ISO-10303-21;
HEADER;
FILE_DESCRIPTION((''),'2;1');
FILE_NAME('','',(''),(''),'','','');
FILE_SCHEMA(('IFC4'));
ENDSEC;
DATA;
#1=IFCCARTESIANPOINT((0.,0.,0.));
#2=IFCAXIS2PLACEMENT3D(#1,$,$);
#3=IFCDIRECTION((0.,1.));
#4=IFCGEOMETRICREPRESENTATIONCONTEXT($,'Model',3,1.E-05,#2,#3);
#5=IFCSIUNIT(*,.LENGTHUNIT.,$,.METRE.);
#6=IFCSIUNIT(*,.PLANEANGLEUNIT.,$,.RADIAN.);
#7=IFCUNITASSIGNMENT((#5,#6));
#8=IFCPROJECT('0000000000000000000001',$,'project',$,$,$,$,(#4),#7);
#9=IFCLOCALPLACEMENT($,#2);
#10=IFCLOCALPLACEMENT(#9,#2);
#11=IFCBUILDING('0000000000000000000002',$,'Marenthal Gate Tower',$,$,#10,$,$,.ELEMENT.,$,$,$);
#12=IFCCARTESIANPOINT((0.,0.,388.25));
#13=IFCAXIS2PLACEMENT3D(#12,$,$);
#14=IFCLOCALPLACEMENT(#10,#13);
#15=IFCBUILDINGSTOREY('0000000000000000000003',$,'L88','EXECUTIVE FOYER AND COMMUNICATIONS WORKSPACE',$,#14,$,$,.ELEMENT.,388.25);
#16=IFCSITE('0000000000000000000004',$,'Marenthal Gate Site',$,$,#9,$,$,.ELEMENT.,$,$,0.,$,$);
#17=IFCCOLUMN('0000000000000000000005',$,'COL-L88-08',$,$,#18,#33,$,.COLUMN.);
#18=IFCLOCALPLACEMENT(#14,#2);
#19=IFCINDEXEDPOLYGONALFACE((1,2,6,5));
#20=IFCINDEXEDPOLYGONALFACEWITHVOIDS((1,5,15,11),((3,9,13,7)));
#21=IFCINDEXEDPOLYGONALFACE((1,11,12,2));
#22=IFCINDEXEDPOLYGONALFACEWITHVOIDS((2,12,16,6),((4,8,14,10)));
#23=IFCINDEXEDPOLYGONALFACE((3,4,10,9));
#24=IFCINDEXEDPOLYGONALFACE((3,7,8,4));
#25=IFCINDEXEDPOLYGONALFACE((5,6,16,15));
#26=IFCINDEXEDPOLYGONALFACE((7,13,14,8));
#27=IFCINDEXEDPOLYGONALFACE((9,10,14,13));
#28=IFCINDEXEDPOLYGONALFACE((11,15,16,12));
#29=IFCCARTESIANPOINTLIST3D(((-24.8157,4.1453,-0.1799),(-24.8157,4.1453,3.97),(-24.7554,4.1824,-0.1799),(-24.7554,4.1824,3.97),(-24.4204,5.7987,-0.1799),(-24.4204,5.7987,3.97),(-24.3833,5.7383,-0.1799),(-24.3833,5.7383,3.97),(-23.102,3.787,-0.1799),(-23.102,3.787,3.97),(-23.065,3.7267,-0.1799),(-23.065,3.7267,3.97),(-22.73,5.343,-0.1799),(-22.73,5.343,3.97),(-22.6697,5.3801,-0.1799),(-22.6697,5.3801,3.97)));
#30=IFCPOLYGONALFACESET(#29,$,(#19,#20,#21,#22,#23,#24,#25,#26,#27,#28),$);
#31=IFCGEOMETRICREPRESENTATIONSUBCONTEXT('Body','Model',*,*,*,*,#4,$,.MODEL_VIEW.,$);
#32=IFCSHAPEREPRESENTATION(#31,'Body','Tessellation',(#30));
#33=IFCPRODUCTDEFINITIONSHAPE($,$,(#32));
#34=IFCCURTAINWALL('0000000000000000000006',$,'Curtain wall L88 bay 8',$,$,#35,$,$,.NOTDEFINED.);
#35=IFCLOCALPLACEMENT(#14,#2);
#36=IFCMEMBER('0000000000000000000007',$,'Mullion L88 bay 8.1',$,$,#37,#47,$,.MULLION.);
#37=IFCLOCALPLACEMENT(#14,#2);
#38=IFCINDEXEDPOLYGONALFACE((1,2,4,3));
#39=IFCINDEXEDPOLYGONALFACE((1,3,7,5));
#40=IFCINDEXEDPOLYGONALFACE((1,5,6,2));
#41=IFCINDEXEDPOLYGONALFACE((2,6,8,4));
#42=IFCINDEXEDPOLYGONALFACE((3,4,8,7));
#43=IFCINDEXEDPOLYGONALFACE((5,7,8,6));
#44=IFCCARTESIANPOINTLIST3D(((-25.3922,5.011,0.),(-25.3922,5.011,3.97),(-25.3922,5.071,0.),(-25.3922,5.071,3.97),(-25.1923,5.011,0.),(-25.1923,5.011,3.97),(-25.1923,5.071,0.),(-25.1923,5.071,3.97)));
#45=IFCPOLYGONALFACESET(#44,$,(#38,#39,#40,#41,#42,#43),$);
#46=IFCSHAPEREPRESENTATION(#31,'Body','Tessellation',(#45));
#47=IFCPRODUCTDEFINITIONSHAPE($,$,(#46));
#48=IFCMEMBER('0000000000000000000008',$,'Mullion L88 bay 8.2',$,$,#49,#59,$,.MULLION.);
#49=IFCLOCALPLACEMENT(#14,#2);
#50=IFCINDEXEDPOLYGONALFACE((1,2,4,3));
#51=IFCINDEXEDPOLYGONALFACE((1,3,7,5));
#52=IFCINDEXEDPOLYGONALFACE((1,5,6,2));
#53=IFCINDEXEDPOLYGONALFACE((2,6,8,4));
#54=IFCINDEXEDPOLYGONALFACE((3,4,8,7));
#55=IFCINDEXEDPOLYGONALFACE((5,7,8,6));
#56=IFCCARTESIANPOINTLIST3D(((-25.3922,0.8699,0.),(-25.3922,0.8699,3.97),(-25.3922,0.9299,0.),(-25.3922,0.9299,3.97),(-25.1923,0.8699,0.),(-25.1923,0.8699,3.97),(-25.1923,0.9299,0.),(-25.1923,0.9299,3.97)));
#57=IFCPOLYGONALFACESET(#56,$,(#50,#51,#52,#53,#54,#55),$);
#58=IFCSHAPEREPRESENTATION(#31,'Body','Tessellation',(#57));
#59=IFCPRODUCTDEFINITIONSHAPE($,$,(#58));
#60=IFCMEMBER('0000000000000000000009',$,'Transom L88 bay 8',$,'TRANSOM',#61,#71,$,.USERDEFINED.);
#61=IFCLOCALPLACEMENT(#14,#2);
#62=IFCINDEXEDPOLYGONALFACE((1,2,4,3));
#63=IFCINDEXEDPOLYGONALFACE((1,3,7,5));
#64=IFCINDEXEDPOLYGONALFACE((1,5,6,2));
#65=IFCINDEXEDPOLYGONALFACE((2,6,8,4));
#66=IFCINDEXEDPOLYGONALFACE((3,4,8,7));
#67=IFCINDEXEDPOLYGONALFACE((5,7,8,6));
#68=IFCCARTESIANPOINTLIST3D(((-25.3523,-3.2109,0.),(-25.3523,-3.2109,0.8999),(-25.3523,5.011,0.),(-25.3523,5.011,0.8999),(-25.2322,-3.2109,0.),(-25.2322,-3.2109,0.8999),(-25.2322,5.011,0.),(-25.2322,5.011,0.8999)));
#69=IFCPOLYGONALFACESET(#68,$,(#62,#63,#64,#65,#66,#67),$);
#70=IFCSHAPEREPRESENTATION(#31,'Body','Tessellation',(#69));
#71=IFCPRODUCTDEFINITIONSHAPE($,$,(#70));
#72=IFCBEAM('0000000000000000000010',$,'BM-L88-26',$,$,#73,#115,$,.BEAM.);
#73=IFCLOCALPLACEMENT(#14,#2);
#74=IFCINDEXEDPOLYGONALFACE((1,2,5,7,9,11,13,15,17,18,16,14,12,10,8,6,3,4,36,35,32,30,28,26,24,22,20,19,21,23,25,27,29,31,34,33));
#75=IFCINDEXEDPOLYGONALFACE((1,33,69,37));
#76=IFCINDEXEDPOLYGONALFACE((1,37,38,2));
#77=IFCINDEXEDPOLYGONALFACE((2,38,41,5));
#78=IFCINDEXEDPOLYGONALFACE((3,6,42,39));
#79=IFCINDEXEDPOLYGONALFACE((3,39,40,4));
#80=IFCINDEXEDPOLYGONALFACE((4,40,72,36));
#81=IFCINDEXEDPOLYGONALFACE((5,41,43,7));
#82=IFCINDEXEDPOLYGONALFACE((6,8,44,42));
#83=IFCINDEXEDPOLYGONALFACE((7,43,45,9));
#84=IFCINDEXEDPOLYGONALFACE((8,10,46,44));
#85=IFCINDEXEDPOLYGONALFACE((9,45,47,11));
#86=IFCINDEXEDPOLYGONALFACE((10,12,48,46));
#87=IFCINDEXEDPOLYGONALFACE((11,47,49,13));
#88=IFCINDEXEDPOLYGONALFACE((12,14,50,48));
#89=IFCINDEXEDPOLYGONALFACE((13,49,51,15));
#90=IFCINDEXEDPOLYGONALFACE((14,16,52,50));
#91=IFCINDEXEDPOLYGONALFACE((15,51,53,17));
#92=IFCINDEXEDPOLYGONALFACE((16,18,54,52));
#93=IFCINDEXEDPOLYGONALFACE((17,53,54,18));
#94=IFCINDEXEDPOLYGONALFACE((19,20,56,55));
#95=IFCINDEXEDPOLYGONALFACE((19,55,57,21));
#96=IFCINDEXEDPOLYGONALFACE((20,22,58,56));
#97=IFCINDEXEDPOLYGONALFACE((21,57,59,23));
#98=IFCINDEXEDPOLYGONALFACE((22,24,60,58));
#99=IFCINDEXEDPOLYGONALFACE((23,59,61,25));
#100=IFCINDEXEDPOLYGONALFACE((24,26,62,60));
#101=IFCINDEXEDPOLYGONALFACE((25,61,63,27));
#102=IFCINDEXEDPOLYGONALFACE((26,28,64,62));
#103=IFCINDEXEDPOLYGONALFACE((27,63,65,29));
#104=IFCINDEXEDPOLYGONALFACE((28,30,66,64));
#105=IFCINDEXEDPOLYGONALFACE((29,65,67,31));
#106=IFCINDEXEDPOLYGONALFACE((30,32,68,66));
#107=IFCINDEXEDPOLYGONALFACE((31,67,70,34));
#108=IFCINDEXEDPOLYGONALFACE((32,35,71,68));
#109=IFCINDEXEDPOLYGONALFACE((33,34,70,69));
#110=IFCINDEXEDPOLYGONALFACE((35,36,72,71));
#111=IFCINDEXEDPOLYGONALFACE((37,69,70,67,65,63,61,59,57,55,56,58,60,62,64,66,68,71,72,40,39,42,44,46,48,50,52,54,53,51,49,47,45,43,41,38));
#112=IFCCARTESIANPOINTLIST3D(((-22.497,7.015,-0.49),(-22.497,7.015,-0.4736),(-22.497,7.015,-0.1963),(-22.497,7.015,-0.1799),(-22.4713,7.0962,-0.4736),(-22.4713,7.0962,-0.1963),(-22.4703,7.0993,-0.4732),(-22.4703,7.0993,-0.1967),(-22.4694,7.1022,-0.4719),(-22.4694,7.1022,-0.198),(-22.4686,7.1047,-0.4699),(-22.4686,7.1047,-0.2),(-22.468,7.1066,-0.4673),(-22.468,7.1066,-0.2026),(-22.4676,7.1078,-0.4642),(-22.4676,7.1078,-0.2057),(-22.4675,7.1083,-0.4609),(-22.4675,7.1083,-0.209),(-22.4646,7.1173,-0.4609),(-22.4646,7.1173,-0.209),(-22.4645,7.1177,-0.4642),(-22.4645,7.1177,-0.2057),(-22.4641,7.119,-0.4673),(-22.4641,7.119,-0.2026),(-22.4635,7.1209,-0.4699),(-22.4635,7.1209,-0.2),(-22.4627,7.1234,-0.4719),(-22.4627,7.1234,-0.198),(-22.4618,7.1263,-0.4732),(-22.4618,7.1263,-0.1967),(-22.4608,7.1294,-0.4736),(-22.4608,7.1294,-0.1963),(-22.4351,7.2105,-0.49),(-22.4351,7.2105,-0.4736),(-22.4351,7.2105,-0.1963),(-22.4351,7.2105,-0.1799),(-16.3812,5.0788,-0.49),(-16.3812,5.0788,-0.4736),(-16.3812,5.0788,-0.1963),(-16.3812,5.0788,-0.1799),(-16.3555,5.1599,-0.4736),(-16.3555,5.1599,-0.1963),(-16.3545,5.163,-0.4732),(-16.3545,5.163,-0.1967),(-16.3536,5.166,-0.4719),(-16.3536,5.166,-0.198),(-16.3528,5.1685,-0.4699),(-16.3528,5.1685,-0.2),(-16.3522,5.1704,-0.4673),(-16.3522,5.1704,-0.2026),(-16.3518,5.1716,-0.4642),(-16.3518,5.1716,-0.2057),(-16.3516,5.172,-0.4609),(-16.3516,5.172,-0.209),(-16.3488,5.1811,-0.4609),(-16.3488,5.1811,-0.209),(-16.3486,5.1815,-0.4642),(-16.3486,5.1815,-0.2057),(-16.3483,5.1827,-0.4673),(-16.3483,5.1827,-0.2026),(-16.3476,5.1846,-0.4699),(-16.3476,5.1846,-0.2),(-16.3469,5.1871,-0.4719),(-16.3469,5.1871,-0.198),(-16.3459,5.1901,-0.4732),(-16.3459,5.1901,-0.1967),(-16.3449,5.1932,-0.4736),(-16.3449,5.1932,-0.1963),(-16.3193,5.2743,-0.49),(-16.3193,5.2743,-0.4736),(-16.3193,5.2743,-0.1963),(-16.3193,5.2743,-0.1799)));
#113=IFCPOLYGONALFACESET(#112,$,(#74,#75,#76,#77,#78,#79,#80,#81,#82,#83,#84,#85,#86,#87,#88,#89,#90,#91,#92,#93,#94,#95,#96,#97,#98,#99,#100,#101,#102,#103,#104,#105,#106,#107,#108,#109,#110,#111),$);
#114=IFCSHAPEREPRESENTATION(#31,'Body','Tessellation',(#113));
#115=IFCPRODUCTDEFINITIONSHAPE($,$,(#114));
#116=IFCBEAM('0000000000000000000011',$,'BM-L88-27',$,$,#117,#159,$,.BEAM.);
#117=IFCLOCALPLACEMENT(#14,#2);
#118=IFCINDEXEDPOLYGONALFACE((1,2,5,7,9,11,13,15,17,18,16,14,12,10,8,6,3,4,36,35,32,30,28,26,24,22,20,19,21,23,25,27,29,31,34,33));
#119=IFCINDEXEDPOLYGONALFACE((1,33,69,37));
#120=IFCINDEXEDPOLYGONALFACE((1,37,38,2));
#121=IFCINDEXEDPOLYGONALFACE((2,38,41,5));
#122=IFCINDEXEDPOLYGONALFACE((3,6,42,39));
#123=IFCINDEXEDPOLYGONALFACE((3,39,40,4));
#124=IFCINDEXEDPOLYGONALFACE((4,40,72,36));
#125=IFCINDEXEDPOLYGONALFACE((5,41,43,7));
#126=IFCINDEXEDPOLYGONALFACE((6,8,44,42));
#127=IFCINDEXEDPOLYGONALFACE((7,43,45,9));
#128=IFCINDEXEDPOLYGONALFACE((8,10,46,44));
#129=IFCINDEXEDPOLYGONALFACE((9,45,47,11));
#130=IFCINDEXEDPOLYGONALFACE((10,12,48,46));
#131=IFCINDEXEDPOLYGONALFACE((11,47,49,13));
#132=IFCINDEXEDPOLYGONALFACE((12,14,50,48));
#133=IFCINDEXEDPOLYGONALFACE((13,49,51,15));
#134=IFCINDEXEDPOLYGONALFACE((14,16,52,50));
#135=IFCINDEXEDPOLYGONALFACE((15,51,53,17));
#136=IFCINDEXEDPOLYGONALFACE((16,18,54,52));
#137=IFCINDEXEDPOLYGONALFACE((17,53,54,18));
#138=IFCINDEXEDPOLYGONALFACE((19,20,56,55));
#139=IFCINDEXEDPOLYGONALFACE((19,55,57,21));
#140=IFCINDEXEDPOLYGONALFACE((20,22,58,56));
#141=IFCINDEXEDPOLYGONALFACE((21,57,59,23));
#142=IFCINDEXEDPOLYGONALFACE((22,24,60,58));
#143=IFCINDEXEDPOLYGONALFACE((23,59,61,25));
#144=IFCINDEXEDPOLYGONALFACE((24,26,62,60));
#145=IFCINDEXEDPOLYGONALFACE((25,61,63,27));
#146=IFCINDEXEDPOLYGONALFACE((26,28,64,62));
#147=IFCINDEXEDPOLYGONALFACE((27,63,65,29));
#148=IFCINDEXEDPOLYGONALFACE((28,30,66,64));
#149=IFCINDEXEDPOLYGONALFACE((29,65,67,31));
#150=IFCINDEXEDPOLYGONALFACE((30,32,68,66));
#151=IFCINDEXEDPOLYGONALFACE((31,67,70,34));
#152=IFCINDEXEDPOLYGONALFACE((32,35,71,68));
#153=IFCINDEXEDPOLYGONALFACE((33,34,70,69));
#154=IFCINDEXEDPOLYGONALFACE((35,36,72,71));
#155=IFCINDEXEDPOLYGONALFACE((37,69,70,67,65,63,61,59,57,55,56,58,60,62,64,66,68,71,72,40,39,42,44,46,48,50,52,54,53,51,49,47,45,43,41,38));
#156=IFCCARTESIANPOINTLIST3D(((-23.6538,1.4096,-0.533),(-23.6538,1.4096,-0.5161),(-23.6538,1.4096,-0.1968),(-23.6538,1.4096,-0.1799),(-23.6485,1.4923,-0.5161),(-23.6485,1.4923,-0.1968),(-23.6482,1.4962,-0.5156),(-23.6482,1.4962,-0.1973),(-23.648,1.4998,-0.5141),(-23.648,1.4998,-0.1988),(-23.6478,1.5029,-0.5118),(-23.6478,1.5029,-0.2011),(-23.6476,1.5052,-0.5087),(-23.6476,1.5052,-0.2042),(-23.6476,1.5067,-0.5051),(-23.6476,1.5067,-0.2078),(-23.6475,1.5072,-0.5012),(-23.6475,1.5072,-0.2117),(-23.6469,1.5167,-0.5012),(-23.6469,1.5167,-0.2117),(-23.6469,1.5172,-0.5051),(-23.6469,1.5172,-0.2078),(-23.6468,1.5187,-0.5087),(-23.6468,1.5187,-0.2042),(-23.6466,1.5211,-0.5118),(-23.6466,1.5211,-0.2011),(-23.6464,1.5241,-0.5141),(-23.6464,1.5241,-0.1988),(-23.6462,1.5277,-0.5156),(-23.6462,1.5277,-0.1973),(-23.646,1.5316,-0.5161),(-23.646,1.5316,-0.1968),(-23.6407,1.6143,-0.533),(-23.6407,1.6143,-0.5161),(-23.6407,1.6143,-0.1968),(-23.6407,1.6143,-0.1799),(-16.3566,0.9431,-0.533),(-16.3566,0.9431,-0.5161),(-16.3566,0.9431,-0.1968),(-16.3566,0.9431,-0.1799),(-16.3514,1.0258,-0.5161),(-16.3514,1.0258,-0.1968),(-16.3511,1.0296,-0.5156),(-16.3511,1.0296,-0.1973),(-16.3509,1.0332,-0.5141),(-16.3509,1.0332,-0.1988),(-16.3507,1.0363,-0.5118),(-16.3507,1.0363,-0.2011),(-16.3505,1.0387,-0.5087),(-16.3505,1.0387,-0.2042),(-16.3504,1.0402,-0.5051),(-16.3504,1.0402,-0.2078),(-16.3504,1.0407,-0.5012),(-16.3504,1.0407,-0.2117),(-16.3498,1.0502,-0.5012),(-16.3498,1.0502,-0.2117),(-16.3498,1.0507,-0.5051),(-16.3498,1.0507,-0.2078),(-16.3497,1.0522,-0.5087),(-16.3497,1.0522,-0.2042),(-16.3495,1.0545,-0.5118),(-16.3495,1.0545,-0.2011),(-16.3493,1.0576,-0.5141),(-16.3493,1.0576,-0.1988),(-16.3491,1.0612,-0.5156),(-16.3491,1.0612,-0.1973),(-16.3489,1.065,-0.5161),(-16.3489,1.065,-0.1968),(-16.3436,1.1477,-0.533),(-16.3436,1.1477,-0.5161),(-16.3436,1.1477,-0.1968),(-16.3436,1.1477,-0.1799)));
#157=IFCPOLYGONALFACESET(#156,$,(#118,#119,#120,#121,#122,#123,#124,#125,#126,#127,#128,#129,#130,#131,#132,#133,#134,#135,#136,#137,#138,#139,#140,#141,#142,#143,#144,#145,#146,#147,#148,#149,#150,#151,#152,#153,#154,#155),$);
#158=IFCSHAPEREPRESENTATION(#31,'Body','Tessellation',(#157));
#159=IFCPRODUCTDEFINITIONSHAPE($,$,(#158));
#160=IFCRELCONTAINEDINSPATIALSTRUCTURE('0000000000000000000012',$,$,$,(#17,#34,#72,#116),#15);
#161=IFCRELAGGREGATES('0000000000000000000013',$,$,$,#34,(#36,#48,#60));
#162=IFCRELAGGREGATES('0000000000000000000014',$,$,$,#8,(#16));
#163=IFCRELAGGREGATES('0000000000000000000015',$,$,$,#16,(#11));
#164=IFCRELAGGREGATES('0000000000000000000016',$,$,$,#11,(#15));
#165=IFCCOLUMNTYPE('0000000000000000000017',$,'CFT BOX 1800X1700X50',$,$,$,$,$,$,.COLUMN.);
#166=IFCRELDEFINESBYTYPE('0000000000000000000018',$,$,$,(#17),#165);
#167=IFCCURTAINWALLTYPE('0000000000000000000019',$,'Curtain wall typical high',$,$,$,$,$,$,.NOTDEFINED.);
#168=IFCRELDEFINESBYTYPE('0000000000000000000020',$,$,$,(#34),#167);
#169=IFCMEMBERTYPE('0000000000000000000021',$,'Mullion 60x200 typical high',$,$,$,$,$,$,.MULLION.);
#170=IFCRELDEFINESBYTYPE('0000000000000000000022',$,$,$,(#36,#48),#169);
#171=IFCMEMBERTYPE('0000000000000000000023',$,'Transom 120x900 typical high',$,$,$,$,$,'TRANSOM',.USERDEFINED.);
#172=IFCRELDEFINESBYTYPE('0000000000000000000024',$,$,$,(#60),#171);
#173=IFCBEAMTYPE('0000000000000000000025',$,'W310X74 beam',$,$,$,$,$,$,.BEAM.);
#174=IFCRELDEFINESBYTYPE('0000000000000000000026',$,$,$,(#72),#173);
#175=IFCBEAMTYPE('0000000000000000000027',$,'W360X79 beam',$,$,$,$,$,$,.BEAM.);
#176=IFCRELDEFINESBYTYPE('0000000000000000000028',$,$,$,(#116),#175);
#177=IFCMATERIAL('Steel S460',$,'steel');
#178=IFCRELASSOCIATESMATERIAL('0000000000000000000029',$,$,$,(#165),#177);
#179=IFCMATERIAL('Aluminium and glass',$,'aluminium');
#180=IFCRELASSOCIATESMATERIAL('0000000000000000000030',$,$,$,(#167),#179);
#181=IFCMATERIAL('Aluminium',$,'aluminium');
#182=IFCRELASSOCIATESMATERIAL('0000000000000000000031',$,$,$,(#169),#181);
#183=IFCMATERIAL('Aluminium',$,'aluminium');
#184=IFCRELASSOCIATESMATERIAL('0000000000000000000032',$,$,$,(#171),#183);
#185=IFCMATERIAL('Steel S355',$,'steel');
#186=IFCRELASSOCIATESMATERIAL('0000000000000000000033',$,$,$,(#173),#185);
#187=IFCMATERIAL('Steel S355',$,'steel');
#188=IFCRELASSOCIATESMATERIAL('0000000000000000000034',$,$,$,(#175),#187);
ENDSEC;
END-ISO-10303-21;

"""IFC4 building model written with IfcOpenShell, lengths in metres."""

from ifc_helpers import new_model, si_unit, direction, frame, origin, origin_2d, place, context, subcontext, project, spatial, rectangle, hollow_rectangle, i_section, extrude, material, material_profile, profile_set, type_object, element, aggregate, save


model = new_model("IFC4")

# Units and contexts
model_context = context("Model", 3, precision=1e-05, world=origin(), true_north=direction((0.0, 1.0)))
body_context = subcontext(model_context, "Body", "Model", "MODEL_VIEW")
ifc_project = project(units=[si_unit("LENGTHUNIT", "METRE"), si_unit("PLANEANGLEUNIT", "RADIAN")], contexts=[model_context])

# Site, building, storey
site_placement = place(None, origin())
site = spatial("IfcSite", under=ifc_project, at=site_placement, Name="Marenthal Gate Site", CompositionType="ELEMENT", RefElevation=0.0)
building_placement = place(site_placement, origin())
building = spatial("IfcBuilding", under=site, at=building_placement, Name="Marenthal Gate Tower", CompositionType="ELEMENT")
storey_placement = place(building_placement, frame((0.0, 0.0, 388.25)))
storey = spatial("IfcBuildingStorey", under=building, at=storey_placement, Name="L88", Description="EXECUTIVE FOYER AND COMMUNICATIONS WORKSPACE", CompositionType="ELEMENT", Elevation=388.25)

# Column
ifc_material_1 = material(Name="Steel S460", Category="steel")
ifc_material_profile_1 = material_profile(ifc_material_1, hollow_rectangle(XDim=1.7, YDim=1.8, WallThickness=0.05, at=origin_2d()), Name="CFT BOX 1800X1700X50")
ifc_material_2 = material(Name="Concrete 70 MPa", Category="concrete")
ifc_material_profile_2 = material_profile(ifc_material_2, rectangle(XDim=1.6001, YDim=1.7, at=origin_2d()), Name="CFT BOX 1800X1700X50 INFILL")
ifc_profile_set_1 = profile_set([ifc_material_profile_1, ifc_material_profile_2], Name="Steel S460 shell, Concrete 70 MPa infill")
column_type = type_object("IfcColumnType", Name="CFT BOX 1800X1700X50", PredefinedType="COLUMN", material=ifc_profile_set_1)
column_placement = place(storey_placement, frame((-23.7427, 4.7627, -0.1799), z_axis=(0.0, 0.0, 1.0), x_axis=(0.232542, 0.972586, 0.0)))
element("IfcColumn", 1, at=column_placement, inside=storey, type_object=column_type, Name="COL-L88-08", PredefinedType="COLUMN", context=body_context, shape_type="SweptSolid", body=[
    extrude(hollow_rectangle(XDim=1.7, YDim=1.8, WallThickness=0.05, at=origin_2d()), origin(), (0.0, 0.0, 1.0), 4.1499),
])

# Curtain wall, members
ifc_material_3 = material(Name="Aluminium and glass", Category="aluminium")
curtain_wall_type = type_object("IfcCurtainWallType", Name="Curtain wall typical high", PredefinedType="NOTDEFINED", material=ifc_material_3)
curtain_wall_placement = place(storey_placement, origin())
curtain_wall = element("IfcCurtainWall", 2, at=curtain_wall_placement, inside=storey, type_object=curtain_wall_type, Name="Curtain wall L88 bay 8", PredefinedType="NOTDEFINED")
ifc_material_4 = material(Name="Aluminium", Category="aluminium")
ifc_material_profile_3 = material_profile(ifc_material_4, rectangle(XDim=0.2, YDim=0.0601, at=origin_2d()), Name="60x200 aluminium mullion")
ifc_profile_set_2 = profile_set([ifc_material_profile_3], Name="Aluminium")
member_type_1 = type_object("IfcMemberType", Name="Mullion 60x200 typical high", PredefinedType="MULLION", material=ifc_profile_set_2)
member_1_placement = place(storey_placement, frame((-25.2922, 5.041, 0.0), z_axis=(0.0, 0.0, 1.0), x_axis=(1.0, 0.0, 0.0)))
member_1 = element("IfcMember", 3, at=member_1_placement, type_object=member_type_1, Name="Mullion L88 bay 8.1", PredefinedType="MULLION", context=body_context, shape_type="SweptSolid", body=[
    extrude(rectangle(XDim=0.2, YDim=0.0601, at=origin_2d()), origin(), (0.0, 0.0, 1.0), 3.97),
])
member_2_placement = place(storey_placement, frame((-25.2922, 0.8999, 0.0), z_axis=(0.0, 0.0, 1.0), x_axis=(1.0, 0.0, 0.0)))
member_2 = element("IfcMember", 4, at=member_2_placement, type_object=member_type_1, Name="Mullion L88 bay 8.2", PredefinedType="MULLION", context=body_context, shape_type="SweptSolid", body=[
    extrude(rectangle(XDim=0.2, YDim=0.0601, at=origin_2d()), origin(), (0.0, 0.0, 1.0), 3.97),
])
ifc_material_5 = material(Name="Aluminium", Category="aluminium")
ifc_material_profile_4 = material_profile(ifc_material_5, rectangle(XDim=0.1201, YDim=0.8999, at=origin_2d()), Name="120x900 aluminium transom")
ifc_profile_set_3 = profile_set([ifc_material_profile_4], Name="Aluminium")
member_type_2 = type_object("IfcMemberType", Name="Transom 120x900 typical high", ElementType="TRANSOM", PredefinedType="USERDEFINED", material=ifc_profile_set_3)
member_3_placement = place(storey_placement, frame((-25.2922, 5.011, 0.45), z_axis=(0.0, -1.0, 0.0), x_axis=(1.0, 0.0, 0.0)))
member_3 = element("IfcMember", 5, at=member_3_placement, type_object=member_type_2, Name="Transom L88 bay 8", ObjectType="TRANSOM", PredefinedType="USERDEFINED", context=body_context, shape_type="SweptSolid", body=[
    extrude(rectangle(XDim=0.1201, YDim=0.8999, at=origin_2d()), origin(), (0.0, 0.0, 1.0), 8.2219),
])

# Beams
ifc_material_6 = material(Name="Steel S355", Category="steel")
ifc_material_profile_5 = material_profile(ifc_material_6, i_section(OverallWidth=0.2051, OverallDepth=0.3101, WebThickness=0.0095, FlangeThickness=0.0164, FilletRadius=0.0127, at=origin_2d()), Name="W310X74")
ifc_profile_set_4 = profile_set([ifc_material_profile_5], Name="Steel S355")
beam_type_1 = type_object("IfcBeamType", Name="W310X74 beam", PredefinedType="BEAM", material=ifc_profile_set_4)
beam_1_placement = place(storey_placement, frame((-22.4661, 7.1128, -0.335), z_axis=(0.953362, -0.301829, 0.0), x_axis=(0.301829, 0.953362, 0.0)))
element("IfcBeam", 6, at=beam_1_placement, inside=storey, type_object=beam_type_1, Name="BM-L88-26", PredefinedType="BEAM", context=body_context, shape_type="SweptSolid", body=[
    extrude(i_section(OverallWidth=0.2051, OverallDepth=0.3101, WebThickness=0.0095, FlangeThickness=0.0164, FilletRadius=0.0127, at=origin_2d()), origin(), (0.0, 0.0, 1.0), 6.415),
])
ifc_material_7 = material(Name="Steel S355", Category="steel")
ifc_material_profile_6 = material_profile(ifc_material_7, i_section(OverallWidth=0.2051, OverallDepth=0.353, WebThickness=0.0095, FlangeThickness=0.0168, FilletRadius=0.0149, at=origin_2d()), Name="W360X79")
ifc_profile_set_5 = profile_set([ifc_material_profile_6], Name="Steel S355")
beam_type_2 = type_object("IfcBeamType", Name="W360X79 beam", PredefinedType="BEAM", material=ifc_profile_set_5)
beam_2_placement = place(storey_placement, frame((-23.6472, 1.512, -0.3564), z_axis=(0.997962, -0.063806, 0.0), x_axis=(0.063806, 0.997962, 0.0)))
element("IfcBeam", 7, at=beam_2_placement, inside=storey, type_object=beam_type_2, Name="BM-L88-27", PredefinedType="BEAM", context=body_context, shape_type="SweptSolid", body=[
    extrude(i_section(OverallWidth=0.2051, OverallDepth=0.353, WebThickness=0.0095, FlangeThickness=0.0168, FilletRadius=0.0149, at=origin_2d()), origin(), (0.0, 0.0, 1.0), 7.312),
])

aggregate(curtain_wall, [member_1, member_2, member_3])

save(model, "model.ifc")
